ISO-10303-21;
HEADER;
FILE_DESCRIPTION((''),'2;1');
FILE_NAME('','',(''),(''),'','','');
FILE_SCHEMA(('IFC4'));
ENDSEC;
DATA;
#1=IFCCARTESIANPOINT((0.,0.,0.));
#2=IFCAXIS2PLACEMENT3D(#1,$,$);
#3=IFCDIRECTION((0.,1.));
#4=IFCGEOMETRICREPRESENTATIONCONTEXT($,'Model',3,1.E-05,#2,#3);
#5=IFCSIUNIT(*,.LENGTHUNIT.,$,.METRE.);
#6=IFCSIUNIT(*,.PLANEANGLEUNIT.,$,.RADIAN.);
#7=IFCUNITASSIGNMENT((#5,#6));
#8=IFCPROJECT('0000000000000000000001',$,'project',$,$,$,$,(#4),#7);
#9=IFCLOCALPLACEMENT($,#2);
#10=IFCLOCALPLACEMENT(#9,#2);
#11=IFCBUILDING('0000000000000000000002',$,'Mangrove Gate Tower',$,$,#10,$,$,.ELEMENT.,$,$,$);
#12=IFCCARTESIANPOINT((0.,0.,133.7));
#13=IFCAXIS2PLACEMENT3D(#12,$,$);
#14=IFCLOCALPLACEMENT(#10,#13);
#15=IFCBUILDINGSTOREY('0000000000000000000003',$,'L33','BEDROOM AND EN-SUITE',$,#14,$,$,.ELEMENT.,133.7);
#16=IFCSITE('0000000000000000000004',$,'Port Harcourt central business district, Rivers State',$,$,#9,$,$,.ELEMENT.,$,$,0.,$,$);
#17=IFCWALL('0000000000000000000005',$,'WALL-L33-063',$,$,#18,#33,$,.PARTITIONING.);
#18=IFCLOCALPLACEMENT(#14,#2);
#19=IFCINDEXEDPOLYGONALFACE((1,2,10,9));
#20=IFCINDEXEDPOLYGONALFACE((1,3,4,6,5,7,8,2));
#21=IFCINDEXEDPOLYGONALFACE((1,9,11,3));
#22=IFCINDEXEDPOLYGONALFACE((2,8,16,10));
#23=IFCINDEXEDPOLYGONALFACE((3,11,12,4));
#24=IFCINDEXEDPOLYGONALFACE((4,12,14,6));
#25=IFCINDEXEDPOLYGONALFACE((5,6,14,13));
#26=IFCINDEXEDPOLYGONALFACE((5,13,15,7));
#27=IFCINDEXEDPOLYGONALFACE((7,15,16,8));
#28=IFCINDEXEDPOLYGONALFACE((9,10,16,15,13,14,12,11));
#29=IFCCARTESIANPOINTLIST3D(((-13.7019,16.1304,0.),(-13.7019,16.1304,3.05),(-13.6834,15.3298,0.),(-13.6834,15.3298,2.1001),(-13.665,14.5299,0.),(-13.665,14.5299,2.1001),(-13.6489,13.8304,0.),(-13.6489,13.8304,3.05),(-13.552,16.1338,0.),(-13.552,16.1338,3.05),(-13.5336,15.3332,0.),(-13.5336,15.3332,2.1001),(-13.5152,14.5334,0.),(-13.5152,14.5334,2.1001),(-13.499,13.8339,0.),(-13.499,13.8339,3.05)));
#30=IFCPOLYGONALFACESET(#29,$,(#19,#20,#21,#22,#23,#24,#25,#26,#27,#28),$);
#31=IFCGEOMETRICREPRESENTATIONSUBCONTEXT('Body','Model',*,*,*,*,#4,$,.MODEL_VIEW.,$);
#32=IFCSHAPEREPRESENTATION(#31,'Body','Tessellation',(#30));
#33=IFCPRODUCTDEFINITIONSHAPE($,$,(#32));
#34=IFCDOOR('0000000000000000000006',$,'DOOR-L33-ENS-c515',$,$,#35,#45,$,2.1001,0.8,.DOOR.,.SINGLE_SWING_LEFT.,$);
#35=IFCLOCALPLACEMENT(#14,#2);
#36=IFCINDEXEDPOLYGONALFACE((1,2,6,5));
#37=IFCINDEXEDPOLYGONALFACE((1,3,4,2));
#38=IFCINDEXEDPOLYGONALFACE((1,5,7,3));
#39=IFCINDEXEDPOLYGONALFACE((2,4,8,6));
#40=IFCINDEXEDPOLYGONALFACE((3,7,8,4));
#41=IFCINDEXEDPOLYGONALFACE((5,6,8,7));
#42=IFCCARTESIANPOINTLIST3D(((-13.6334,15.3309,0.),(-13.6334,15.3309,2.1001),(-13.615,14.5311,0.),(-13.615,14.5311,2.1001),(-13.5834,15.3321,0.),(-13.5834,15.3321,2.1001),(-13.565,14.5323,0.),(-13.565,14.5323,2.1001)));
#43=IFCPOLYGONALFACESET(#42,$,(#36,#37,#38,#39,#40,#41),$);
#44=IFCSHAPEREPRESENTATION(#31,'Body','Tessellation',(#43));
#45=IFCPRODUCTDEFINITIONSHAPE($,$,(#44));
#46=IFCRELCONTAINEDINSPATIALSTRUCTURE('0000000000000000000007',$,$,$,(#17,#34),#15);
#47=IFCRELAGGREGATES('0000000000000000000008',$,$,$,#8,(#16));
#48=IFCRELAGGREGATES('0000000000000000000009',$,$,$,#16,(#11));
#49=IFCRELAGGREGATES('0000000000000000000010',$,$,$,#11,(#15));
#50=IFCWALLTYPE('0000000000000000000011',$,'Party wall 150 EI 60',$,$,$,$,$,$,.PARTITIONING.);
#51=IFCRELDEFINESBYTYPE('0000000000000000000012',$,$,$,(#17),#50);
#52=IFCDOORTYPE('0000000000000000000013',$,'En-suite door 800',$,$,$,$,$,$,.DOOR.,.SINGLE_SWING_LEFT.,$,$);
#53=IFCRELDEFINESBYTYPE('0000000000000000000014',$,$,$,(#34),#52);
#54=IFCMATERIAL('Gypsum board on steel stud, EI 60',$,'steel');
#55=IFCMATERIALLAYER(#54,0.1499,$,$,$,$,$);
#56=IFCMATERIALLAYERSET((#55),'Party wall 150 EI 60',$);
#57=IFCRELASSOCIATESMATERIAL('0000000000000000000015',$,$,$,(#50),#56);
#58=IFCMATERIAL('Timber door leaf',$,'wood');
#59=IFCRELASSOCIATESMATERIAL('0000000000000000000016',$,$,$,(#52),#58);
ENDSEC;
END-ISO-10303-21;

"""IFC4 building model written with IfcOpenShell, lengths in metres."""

from ifc_helpers import new_model, si_unit, direction, frame, frame_2d, origin, place, context, subcontext, project, spatial, rectangle, extrude, material, layer, layer_set, type_object, element, fill, save


model = new_model("IFC4")

# Units and contexts
model_context = context("Model", 3, precision=1e-05, world=origin(), true_north=direction((0.0, 1.0)))
body_context = subcontext(model_context, "Body", "Model", "MODEL_VIEW")
ifc_project = project(units=[si_unit("LENGTHUNIT", "METRE"), si_unit("PLANEANGLEUNIT", "RADIAN")], contexts=[model_context])

# Site, building, storey
site_placement = place(None, origin())
site = spatial("IfcSite", under=ifc_project, at=site_placement, Name="Port Harcourt central business district, Rivers State", CompositionType="ELEMENT", RefElevation=0.0)
building_placement = place(site_placement, origin())
building = spatial("IfcBuilding", under=site, at=building_placement, Name="Mangrove Gate Tower", CompositionType="ELEMENT")
storey_placement = place(building_placement, frame((0.0, 0.0, 133.7)))
storey = spatial("IfcBuildingStorey", under=building, at=storey_placement, Name="L33", Description="BEDROOM AND EN-SUITE", CompositionType="ELEMENT", Elevation=133.7)

# Shared definitions
ifc_material_1 = material(Name="Gypsum board on steel stud, EI 60", Category="steel")
ifc_layer_1 = layer(ifc_material_1, 0.1499)
ifc_layer_set_1 = layer_set([ifc_layer_1], Name="Party wall 150 EI 60")
wall_type_1 = type_object("IfcWallType", Name="Party wall 150 EI 60", PredefinedType="PARTITIONING", material=ifc_layer_set_1)

# Wall, opening, door
wall_1_placement = place(storey_placement, frame((-13.574, 13.832, 0.0), z_axis=(0.0, 0.0, 1.0), x_axis=(-0.023028, 0.999735, 0.0)))
wall_1 = element("IfcWall", 1, at=wall_1_placement, inside=storey, type_object=wall_type_1, Name="WALL-L33-063", PredefinedType="PARTITIONING", context=body_context, shape_type="SweptSolid", body=[
    extrude(rectangle(XDim=2.3005, YDim=0.1499, at=frame_2d((1.1504, 0.0))), origin(), (0.0, 0.0, 1.0), 3.05),
])
opening_1_placement = place(wall_1_placement, frame((0.7, 0.0, 0.0)))
opening_1 = element("IfcOpeningElement", 2, at=opening_1_placement, cuts=wall_1, PredefinedType="OPENING", context=body_context, shape_type="SweptSolid", body=[
    extrude(rectangle(XDim=0.8, YDim=2.1001, at=frame_2d((0.3999, 1.05))), frame((0.0, 0.085, 0.0), z_axis=(0.0, -1.0, 0.0), x_axis=(1.0, 0.0, 0.0)), (0.0, 0.0, 1.0), 0.1699),
])
ifc_material_2 = material(Name="Timber door leaf", Category="wood")
door_type_1 = type_object("IfcDoorType", Name="En-suite door 800", OperationType="SINGLE_SWING_LEFT", PredefinedType="DOOR", material=ifc_material_2)
door_1_placement = place(opening_1_placement, origin())
door_1 = element("IfcDoor", 3, at=door_1_placement, inside=storey, type_object=door_type_1, Name="DOOR-L33-ENS-c515", OperationType="SINGLE_SWING_LEFT", OverallHeight=2.1001, OverallWidth=0.8, PredefinedType="DOOR", context=body_context, shape_type="SweptSolid", body=[
    extrude(rectangle(XDim=0.8, YDim=2.1001, at=frame_2d((0.3999, 1.05))), frame((0.0, 0.0249, 0.0), z_axis=(0.0, -1.0, 0.0), x_axis=(1.0, 0.0, 0.0)), (0.0, 0.0, 1.0), 0.05),
])
fill(opening_1, door_1)

save(model, "model.ifc")
